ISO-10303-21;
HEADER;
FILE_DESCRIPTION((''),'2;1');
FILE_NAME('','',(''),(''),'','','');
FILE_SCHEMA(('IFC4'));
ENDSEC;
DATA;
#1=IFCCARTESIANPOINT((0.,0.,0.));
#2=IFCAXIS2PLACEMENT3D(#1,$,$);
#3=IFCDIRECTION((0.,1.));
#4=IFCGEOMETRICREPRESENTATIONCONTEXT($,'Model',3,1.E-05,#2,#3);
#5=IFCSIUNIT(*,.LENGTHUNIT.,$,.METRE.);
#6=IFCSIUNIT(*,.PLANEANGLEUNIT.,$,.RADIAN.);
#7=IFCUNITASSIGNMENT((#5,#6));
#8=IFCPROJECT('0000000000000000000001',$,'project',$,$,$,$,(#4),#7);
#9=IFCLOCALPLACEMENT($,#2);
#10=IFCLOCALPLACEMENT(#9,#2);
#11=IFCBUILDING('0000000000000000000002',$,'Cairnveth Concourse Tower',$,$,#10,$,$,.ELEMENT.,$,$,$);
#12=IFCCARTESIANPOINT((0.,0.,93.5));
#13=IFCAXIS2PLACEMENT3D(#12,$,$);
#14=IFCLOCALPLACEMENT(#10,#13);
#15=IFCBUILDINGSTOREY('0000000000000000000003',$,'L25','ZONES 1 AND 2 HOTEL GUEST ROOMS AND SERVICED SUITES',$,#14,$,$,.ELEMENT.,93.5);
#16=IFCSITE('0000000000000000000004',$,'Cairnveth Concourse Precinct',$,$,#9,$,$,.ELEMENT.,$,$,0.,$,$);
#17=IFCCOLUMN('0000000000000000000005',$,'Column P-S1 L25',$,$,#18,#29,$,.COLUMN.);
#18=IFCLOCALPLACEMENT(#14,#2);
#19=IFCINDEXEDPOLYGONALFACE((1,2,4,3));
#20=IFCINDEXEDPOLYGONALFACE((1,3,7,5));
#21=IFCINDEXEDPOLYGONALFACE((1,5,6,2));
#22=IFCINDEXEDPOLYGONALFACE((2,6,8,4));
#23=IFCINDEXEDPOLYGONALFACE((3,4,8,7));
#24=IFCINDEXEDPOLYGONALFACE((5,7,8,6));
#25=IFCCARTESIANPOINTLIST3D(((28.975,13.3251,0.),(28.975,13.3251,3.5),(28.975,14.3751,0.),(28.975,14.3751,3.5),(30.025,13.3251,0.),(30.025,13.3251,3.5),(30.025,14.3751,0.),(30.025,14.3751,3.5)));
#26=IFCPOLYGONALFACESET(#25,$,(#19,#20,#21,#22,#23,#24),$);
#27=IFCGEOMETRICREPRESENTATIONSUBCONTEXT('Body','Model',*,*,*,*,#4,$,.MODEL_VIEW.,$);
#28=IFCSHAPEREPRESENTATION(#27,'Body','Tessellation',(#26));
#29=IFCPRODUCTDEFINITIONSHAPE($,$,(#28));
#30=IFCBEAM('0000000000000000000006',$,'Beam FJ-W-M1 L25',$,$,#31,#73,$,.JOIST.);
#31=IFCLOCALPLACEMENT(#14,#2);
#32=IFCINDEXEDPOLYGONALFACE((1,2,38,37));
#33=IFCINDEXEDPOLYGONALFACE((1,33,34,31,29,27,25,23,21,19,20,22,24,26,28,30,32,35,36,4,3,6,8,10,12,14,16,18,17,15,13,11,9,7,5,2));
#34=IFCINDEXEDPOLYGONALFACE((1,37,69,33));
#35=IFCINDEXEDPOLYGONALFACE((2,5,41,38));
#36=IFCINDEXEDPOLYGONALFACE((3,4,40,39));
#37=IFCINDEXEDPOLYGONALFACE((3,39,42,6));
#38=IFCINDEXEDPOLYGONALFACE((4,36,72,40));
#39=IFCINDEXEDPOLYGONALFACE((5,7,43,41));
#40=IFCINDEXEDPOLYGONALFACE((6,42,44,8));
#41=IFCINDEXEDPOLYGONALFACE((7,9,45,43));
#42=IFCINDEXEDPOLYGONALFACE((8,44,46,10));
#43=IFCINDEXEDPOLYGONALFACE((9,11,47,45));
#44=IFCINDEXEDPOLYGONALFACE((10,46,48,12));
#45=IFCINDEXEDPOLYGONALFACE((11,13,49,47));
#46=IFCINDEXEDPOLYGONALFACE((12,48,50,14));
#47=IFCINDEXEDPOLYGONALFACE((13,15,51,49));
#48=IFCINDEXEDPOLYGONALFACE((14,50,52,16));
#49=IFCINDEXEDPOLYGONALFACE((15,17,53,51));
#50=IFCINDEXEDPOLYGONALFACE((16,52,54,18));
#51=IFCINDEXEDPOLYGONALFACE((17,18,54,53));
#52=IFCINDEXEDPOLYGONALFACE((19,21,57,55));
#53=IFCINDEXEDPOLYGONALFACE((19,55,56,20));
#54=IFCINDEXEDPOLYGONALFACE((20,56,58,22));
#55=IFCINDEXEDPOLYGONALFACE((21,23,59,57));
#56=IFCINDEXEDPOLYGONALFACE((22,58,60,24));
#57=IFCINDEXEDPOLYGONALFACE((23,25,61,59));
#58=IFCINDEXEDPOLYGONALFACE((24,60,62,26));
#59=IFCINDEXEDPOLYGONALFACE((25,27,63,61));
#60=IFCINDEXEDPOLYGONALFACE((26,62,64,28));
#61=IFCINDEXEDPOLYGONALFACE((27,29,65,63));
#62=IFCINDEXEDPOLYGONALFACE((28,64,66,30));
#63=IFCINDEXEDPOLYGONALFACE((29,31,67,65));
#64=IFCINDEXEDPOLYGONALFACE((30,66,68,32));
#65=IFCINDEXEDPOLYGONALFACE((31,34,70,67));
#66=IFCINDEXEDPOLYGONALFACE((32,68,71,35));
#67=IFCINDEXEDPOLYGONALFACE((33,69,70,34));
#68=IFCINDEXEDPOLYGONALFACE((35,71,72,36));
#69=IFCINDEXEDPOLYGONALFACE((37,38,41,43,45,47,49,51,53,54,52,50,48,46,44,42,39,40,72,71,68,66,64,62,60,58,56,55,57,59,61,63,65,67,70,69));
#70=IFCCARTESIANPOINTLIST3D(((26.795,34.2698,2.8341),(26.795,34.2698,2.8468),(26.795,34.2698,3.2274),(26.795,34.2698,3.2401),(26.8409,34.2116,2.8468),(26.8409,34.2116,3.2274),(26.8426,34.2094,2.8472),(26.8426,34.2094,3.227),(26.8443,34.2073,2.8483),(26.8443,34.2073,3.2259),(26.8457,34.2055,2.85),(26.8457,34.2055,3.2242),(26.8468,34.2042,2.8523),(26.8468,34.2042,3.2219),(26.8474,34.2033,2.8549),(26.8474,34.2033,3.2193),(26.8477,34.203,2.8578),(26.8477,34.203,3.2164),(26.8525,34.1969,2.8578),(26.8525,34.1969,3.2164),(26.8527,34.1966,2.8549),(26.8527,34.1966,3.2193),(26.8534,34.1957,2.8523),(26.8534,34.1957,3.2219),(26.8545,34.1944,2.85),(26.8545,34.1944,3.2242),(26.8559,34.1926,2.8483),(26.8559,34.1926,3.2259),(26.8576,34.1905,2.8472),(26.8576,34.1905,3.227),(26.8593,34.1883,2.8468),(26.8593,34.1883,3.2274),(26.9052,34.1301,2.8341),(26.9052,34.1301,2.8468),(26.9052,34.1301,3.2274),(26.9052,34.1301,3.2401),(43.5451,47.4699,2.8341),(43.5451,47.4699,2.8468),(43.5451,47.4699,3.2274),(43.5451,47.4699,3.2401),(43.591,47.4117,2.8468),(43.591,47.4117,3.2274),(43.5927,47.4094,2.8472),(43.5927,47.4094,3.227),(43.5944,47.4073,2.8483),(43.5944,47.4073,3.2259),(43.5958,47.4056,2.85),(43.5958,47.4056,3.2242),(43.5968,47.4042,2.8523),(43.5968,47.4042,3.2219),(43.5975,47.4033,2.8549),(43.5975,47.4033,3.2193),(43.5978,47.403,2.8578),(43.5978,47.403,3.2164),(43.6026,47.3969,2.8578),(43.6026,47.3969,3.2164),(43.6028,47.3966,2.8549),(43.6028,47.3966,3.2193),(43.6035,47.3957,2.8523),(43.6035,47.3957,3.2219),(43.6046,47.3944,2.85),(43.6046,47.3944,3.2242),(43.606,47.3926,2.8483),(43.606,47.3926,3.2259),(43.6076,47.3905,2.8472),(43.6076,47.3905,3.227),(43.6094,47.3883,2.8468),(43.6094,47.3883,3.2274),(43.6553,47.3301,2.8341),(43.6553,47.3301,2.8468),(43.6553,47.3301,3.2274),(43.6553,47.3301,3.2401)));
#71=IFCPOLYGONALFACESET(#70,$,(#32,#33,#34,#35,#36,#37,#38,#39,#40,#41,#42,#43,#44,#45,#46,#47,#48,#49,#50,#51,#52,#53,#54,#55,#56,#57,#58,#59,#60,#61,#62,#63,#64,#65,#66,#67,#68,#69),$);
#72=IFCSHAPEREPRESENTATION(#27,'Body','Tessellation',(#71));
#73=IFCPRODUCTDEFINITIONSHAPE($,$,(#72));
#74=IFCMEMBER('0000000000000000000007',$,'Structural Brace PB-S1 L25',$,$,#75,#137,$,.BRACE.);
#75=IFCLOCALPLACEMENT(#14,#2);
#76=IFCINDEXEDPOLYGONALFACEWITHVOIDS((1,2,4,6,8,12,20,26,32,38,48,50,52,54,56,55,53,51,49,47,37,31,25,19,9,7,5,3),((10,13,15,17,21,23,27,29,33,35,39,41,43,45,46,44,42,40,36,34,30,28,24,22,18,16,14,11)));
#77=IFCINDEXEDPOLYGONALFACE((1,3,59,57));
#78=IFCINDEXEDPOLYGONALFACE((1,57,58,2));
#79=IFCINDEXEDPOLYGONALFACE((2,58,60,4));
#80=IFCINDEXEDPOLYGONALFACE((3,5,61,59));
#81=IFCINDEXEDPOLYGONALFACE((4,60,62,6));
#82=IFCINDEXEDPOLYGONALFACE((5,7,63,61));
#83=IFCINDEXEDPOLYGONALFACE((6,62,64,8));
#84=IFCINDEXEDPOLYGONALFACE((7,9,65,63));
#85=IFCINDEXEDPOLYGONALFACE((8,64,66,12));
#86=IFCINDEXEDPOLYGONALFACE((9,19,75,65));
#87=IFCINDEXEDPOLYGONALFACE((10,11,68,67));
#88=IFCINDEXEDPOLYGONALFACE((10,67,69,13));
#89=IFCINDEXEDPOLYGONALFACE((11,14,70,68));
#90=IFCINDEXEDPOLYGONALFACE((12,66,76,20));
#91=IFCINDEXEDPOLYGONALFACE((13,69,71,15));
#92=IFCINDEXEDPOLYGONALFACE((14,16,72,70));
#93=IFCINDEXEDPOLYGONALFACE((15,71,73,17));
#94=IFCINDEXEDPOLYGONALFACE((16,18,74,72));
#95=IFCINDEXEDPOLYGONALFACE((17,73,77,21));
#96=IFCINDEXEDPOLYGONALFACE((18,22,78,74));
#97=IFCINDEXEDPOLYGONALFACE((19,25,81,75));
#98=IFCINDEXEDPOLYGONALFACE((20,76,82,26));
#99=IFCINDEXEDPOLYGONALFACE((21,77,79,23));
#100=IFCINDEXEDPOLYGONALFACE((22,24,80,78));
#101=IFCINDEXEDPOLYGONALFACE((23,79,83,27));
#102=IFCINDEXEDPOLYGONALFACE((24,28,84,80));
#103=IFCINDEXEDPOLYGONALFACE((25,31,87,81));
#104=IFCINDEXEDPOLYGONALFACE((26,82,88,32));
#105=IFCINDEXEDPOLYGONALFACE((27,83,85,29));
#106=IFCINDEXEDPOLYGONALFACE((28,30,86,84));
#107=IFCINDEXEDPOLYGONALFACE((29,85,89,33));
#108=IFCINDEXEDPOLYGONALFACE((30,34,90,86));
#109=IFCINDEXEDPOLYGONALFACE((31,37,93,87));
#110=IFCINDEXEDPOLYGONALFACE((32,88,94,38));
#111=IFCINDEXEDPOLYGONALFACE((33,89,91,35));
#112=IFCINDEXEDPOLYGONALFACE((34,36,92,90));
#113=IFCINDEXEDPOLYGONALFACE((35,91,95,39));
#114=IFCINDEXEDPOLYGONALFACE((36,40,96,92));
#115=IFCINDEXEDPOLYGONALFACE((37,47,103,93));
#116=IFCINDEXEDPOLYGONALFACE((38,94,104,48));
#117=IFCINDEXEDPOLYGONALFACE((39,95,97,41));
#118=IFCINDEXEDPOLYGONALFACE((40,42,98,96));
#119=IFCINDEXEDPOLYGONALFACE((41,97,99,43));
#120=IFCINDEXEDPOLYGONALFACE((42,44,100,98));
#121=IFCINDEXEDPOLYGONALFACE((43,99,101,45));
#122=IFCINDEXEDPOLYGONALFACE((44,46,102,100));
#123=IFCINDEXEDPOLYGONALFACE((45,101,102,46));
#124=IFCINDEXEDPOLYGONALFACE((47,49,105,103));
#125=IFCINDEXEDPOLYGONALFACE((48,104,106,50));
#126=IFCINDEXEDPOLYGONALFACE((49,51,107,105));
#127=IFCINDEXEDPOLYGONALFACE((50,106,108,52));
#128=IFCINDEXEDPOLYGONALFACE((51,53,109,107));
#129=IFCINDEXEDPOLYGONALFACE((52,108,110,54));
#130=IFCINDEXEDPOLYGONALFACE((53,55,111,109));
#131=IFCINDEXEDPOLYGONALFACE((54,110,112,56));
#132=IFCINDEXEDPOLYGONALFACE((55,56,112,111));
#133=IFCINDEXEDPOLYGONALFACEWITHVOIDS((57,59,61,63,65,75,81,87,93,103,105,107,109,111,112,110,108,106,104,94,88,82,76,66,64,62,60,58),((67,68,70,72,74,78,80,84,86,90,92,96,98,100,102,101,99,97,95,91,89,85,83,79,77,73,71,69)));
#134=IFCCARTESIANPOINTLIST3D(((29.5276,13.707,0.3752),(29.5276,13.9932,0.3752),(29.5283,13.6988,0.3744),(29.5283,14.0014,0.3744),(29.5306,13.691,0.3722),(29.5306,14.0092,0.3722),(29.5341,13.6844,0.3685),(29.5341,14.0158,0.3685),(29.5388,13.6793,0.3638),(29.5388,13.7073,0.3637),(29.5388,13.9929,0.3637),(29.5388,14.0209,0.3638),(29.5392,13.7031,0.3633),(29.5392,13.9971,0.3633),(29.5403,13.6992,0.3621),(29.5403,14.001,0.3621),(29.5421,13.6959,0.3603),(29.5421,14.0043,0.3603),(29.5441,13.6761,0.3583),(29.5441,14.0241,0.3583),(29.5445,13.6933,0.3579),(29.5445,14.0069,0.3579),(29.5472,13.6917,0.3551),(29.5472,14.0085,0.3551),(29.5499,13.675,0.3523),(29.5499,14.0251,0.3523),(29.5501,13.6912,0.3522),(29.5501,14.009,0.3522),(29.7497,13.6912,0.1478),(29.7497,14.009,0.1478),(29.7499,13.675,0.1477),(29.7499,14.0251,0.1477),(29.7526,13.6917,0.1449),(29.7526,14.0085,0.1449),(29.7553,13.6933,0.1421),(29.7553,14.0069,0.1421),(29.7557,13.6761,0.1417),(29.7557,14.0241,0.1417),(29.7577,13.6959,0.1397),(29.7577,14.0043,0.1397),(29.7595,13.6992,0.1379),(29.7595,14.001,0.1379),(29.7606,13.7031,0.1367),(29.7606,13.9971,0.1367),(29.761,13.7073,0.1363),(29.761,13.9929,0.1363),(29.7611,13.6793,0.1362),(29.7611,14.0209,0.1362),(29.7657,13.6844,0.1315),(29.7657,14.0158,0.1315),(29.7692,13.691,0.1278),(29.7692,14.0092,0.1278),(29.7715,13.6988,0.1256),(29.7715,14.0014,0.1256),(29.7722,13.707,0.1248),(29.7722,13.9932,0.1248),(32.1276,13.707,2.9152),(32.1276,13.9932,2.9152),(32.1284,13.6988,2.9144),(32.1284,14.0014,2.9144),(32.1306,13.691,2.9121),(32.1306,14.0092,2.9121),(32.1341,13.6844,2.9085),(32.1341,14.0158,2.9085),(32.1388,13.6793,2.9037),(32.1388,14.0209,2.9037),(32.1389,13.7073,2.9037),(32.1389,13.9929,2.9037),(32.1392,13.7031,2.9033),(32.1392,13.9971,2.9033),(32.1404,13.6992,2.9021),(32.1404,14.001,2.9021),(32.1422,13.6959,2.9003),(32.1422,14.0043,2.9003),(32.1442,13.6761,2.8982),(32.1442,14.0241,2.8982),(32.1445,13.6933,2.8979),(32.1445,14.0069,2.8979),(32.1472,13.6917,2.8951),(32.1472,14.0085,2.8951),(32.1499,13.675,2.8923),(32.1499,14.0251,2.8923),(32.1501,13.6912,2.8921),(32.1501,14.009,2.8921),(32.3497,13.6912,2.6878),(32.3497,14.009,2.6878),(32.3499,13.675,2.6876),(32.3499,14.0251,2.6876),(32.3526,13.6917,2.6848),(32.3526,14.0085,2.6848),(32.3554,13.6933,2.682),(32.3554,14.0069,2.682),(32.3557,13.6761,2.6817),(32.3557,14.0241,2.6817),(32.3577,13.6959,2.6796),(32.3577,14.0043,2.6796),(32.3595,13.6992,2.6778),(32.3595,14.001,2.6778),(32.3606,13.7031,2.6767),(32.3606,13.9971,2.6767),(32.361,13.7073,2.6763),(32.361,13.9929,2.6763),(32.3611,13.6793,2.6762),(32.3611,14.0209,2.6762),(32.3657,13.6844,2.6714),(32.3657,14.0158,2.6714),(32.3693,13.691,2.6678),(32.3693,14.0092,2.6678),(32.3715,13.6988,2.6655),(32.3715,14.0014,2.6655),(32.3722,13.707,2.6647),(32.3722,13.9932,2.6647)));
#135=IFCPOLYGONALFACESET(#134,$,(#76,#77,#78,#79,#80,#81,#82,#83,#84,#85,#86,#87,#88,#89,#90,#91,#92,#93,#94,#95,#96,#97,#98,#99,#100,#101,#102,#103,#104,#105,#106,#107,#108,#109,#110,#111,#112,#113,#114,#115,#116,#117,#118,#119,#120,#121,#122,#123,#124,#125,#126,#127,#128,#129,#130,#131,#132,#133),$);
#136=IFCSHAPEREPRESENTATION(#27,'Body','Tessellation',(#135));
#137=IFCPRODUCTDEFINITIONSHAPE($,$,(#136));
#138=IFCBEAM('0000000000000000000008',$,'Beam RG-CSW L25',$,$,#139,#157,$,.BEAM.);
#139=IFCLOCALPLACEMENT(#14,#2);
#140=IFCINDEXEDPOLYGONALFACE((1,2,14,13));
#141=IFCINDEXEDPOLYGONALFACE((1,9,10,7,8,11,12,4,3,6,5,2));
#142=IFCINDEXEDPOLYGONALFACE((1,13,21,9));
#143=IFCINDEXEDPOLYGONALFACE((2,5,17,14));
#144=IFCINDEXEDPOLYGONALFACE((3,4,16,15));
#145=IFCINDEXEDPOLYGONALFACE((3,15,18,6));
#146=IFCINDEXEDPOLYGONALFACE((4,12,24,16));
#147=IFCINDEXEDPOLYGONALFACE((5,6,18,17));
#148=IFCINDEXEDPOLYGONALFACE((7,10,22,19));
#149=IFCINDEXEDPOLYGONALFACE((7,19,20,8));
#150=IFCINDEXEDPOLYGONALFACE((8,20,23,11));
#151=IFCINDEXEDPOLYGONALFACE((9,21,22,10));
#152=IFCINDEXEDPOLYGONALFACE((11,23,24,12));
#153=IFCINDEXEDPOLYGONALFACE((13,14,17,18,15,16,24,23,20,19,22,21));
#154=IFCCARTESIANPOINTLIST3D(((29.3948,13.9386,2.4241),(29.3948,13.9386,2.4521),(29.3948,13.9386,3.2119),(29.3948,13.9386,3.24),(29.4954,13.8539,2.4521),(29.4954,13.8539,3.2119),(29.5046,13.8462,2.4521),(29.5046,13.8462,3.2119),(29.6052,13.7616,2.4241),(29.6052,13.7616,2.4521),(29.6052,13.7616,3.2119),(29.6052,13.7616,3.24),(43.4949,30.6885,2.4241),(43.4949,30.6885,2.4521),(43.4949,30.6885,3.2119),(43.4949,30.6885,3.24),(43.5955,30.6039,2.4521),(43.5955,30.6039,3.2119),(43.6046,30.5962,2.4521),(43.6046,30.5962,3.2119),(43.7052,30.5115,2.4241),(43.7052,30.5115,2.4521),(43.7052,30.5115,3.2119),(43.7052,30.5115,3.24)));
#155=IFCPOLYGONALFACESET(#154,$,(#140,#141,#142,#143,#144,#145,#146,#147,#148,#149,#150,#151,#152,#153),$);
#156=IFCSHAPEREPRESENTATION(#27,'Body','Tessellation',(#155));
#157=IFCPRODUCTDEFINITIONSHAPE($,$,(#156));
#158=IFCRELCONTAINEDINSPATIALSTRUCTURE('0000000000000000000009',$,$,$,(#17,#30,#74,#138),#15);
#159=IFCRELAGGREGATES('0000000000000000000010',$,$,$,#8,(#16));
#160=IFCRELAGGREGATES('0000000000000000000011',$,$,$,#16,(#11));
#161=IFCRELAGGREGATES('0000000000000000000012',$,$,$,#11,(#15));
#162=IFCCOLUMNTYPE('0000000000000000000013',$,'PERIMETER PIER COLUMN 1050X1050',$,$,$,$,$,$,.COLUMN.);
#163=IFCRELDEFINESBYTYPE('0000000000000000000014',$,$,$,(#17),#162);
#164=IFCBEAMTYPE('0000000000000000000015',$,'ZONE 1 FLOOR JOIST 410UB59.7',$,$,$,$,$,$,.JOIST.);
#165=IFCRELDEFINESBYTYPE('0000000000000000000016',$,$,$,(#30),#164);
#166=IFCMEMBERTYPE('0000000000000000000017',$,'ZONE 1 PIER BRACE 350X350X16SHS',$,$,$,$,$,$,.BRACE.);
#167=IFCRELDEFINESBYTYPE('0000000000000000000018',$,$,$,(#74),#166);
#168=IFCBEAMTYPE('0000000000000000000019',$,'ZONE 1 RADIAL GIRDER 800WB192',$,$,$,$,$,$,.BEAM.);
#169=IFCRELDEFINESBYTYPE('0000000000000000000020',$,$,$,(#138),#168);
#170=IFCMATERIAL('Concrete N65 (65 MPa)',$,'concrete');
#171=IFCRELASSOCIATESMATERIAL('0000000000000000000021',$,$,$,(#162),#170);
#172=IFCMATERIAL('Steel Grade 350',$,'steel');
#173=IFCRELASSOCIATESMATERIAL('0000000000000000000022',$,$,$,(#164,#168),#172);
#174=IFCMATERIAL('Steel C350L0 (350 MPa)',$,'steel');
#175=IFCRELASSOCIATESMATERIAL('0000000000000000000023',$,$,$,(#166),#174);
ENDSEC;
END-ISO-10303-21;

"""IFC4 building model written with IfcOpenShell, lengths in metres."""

from ifc_helpers import new_model, si_unit, direction, frame, origin, origin_2d, place, context, subcontext, project, spatial, rectangle, hollow_rectangle, i_section, extrude, material, material_profile, profile_set, type_object, element, save


model = new_model("IFC4")

# Units and contexts
model_context = context("Model", 3, precision=1e-05, world=origin(), true_north=direction((0.0, 1.0)))
body_context = subcontext(model_context, "Body", "Model", "MODEL_VIEW")
ifc_project = project(units=[si_unit("LENGTHUNIT", "METRE"), si_unit("PLANEANGLEUNIT", "RADIAN")], contexts=[model_context])

# Site, building, storey
site_placement = place(None, origin())
site = spatial("IfcSite", under=ifc_project, at=site_placement, Name="Cairnveth Concourse Precinct", CompositionType="ELEMENT", RefElevation=0.0)
building_placement = place(site_placement, origin())
building = spatial("IfcBuilding", under=site, at=building_placement, Name="Cairnveth Concourse Tower", CompositionType="ELEMENT")
storey_placement = place(building_placement, frame((0.0, 0.0, 93.5)))
storey = spatial("IfcBuildingStorey", under=building, at=storey_placement, Name="L25", Description="ZONES 1 AND 2 HOTEL GUEST ROOMS AND SERVICED SUITES", CompositionType="ELEMENT", Elevation=93.5)

# Column
ifc_material_1 = material(Name="Concrete N65 (65 MPa)", Category="concrete")
ifc_material_profile_1 = material_profile(ifc_material_1, rectangle(XDim=1.05, YDim=1.05, at=origin_2d()), Name="RC-COL-1050x1050")
ifc_profile_set_1 = profile_set([ifc_material_profile_1], Name="Concrete N65 (65 MPa)")
column_type = type_object("IfcColumnType", Name="PERIMETER PIER COLUMN 1050X1050", PredefinedType="COLUMN", material=ifc_profile_set_1)
column_placement = place(storey_placement, frame((29.5, 13.8501, 0.0), z_axis=(0.0, 0.0, 1.0), x_axis=(1.0, 0.0, 0.0)))
element("IfcColumn", 1, at=column_placement, inside=storey, type_object=column_type, Name="Column P-S1 L25", PredefinedType="COLUMN", context=body_context, shape_type="SweptSolid", body=[
    extrude(rectangle(XDim=1.05, YDim=1.05, at=origin_2d()), origin(), (0.0, 0.0, 1.0), 3.5),
])

# Beam
ifc_material_2 = material(Name="Steel Grade 350", Category="steel")
ifc_material_profile_2 = material_profile(ifc_material_2, i_section(OverallWidth=0.178, OverallDepth=0.406, WebThickness=0.0078, FlangeThickness=0.0127, FilletRadius=0.011, at=origin_2d()), Name="410UB59.7")
ifc_profile_set_2 = profile_set([ifc_material_profile_2], Name="Steel Grade 350")
beam_type_1 = type_object("IfcBeamType", Name="ZONE 1 FLOOR JOIST 410UB59.7", PredefinedType="JOIST", material=ifc_profile_set_2)
beam_1_placement = place(storey_placement, frame((26.8501, 34.2, 3.0371), z_axis=(0.785424, 0.618958, 0.0), x_axis=(-0.618958, 0.785424, 0.0)))
element("IfcBeam", 2, at=beam_1_placement, inside=storey, type_object=beam_type_1, Name="Beam FJ-W-M1 L25", PredefinedType="JOIST", context=body_context, shape_type="SweptSolid", body=[
    extrude(i_section(OverallWidth=0.178, OverallDepth=0.406, WebThickness=0.0078, FlangeThickness=0.0127, FilletRadius=0.011, at=origin_2d()), origin(), (0.0, 0.0, 1.0), 21.3262),
])

# Member
ifc_material_3 = material(Name="Steel C350L0 (350 MPa)", Category="steel")
ifc_material_profile_3 = material_profile(ifc_material_3, hollow_rectangle(XDim=0.3501, YDim=0.3501, WallThickness=0.0161, InnerFilletRadius=0.0161, OuterFilletRadius=0.032, at=origin_2d()), Name="350x350x16.0SHS")
ifc_profile_set_3 = profile_set([ifc_material_profile_3], Name="Steel C350L0 (350 MPa)")
member_type = type_object("IfcMemberType", Name="ZONE 1 PIER BRACE 350X350X16SHS", PredefinedType="BRACE", material=ifc_profile_set_3)
member_placement = place(storey_placement, frame((29.6499, 13.8501, 0.25), z_axis=(0.71532, 0.0, 0.698797), x_axis=(0.0, 1.0, 0.0)))
element("IfcMember", 3, at=member_placement, inside=storey, type_object=member_type, Name="Structural Brace PB-S1 L25", PredefinedType="BRACE", context=body_context, shape_type="SweptSolid", body=[
    extrude(hollow_rectangle(XDim=0.3501, YDim=0.3501, WallThickness=0.0161, InnerFilletRadius=0.0161, OuterFilletRadius=0.032, at=origin_2d()), origin(), (0.0, 0.0, 1.0), 3.6348),
])

# Beam
ifc_material_profile_4 = material_profile(ifc_material_2, i_section(OverallWidth=0.2749, OverallDepth=0.8159, WebThickness=0.012, FlangeThickness=0.0281, at=origin_2d()), Name="800WB192")
ifc_profile_set_4 = profile_set([ifc_material_profile_4], Name="Steel Grade 350")
beam_type_2 = type_object("IfcBeamType", Name="ZONE 1 RADIAL GIRDER 800WB192", PredefinedType="BEAM", material=ifc_profile_set_4)
beam_2_placement = place(storey_placement, frame((29.5, 13.8501, 2.832), z_axis=(0.643998, 0.765027, 0.0), x_axis=(-0.765027, 0.643998, 0.0)))
element("IfcBeam", 4, at=beam_2_placement, inside=storey, type_object=beam_type_2, Name="Beam RG-CSW L25", PredefinedType="BEAM", context=body_context, shape_type="SweptSolid", body=[
    extrude(i_section(OverallWidth=0.2749, OverallDepth=0.8159, WebThickness=0.012, FlangeThickness=0.0281, at=origin_2d()), origin(), (0.0, 0.0, 1.0), 21.8945),
])

save(model, "model.ifc")
